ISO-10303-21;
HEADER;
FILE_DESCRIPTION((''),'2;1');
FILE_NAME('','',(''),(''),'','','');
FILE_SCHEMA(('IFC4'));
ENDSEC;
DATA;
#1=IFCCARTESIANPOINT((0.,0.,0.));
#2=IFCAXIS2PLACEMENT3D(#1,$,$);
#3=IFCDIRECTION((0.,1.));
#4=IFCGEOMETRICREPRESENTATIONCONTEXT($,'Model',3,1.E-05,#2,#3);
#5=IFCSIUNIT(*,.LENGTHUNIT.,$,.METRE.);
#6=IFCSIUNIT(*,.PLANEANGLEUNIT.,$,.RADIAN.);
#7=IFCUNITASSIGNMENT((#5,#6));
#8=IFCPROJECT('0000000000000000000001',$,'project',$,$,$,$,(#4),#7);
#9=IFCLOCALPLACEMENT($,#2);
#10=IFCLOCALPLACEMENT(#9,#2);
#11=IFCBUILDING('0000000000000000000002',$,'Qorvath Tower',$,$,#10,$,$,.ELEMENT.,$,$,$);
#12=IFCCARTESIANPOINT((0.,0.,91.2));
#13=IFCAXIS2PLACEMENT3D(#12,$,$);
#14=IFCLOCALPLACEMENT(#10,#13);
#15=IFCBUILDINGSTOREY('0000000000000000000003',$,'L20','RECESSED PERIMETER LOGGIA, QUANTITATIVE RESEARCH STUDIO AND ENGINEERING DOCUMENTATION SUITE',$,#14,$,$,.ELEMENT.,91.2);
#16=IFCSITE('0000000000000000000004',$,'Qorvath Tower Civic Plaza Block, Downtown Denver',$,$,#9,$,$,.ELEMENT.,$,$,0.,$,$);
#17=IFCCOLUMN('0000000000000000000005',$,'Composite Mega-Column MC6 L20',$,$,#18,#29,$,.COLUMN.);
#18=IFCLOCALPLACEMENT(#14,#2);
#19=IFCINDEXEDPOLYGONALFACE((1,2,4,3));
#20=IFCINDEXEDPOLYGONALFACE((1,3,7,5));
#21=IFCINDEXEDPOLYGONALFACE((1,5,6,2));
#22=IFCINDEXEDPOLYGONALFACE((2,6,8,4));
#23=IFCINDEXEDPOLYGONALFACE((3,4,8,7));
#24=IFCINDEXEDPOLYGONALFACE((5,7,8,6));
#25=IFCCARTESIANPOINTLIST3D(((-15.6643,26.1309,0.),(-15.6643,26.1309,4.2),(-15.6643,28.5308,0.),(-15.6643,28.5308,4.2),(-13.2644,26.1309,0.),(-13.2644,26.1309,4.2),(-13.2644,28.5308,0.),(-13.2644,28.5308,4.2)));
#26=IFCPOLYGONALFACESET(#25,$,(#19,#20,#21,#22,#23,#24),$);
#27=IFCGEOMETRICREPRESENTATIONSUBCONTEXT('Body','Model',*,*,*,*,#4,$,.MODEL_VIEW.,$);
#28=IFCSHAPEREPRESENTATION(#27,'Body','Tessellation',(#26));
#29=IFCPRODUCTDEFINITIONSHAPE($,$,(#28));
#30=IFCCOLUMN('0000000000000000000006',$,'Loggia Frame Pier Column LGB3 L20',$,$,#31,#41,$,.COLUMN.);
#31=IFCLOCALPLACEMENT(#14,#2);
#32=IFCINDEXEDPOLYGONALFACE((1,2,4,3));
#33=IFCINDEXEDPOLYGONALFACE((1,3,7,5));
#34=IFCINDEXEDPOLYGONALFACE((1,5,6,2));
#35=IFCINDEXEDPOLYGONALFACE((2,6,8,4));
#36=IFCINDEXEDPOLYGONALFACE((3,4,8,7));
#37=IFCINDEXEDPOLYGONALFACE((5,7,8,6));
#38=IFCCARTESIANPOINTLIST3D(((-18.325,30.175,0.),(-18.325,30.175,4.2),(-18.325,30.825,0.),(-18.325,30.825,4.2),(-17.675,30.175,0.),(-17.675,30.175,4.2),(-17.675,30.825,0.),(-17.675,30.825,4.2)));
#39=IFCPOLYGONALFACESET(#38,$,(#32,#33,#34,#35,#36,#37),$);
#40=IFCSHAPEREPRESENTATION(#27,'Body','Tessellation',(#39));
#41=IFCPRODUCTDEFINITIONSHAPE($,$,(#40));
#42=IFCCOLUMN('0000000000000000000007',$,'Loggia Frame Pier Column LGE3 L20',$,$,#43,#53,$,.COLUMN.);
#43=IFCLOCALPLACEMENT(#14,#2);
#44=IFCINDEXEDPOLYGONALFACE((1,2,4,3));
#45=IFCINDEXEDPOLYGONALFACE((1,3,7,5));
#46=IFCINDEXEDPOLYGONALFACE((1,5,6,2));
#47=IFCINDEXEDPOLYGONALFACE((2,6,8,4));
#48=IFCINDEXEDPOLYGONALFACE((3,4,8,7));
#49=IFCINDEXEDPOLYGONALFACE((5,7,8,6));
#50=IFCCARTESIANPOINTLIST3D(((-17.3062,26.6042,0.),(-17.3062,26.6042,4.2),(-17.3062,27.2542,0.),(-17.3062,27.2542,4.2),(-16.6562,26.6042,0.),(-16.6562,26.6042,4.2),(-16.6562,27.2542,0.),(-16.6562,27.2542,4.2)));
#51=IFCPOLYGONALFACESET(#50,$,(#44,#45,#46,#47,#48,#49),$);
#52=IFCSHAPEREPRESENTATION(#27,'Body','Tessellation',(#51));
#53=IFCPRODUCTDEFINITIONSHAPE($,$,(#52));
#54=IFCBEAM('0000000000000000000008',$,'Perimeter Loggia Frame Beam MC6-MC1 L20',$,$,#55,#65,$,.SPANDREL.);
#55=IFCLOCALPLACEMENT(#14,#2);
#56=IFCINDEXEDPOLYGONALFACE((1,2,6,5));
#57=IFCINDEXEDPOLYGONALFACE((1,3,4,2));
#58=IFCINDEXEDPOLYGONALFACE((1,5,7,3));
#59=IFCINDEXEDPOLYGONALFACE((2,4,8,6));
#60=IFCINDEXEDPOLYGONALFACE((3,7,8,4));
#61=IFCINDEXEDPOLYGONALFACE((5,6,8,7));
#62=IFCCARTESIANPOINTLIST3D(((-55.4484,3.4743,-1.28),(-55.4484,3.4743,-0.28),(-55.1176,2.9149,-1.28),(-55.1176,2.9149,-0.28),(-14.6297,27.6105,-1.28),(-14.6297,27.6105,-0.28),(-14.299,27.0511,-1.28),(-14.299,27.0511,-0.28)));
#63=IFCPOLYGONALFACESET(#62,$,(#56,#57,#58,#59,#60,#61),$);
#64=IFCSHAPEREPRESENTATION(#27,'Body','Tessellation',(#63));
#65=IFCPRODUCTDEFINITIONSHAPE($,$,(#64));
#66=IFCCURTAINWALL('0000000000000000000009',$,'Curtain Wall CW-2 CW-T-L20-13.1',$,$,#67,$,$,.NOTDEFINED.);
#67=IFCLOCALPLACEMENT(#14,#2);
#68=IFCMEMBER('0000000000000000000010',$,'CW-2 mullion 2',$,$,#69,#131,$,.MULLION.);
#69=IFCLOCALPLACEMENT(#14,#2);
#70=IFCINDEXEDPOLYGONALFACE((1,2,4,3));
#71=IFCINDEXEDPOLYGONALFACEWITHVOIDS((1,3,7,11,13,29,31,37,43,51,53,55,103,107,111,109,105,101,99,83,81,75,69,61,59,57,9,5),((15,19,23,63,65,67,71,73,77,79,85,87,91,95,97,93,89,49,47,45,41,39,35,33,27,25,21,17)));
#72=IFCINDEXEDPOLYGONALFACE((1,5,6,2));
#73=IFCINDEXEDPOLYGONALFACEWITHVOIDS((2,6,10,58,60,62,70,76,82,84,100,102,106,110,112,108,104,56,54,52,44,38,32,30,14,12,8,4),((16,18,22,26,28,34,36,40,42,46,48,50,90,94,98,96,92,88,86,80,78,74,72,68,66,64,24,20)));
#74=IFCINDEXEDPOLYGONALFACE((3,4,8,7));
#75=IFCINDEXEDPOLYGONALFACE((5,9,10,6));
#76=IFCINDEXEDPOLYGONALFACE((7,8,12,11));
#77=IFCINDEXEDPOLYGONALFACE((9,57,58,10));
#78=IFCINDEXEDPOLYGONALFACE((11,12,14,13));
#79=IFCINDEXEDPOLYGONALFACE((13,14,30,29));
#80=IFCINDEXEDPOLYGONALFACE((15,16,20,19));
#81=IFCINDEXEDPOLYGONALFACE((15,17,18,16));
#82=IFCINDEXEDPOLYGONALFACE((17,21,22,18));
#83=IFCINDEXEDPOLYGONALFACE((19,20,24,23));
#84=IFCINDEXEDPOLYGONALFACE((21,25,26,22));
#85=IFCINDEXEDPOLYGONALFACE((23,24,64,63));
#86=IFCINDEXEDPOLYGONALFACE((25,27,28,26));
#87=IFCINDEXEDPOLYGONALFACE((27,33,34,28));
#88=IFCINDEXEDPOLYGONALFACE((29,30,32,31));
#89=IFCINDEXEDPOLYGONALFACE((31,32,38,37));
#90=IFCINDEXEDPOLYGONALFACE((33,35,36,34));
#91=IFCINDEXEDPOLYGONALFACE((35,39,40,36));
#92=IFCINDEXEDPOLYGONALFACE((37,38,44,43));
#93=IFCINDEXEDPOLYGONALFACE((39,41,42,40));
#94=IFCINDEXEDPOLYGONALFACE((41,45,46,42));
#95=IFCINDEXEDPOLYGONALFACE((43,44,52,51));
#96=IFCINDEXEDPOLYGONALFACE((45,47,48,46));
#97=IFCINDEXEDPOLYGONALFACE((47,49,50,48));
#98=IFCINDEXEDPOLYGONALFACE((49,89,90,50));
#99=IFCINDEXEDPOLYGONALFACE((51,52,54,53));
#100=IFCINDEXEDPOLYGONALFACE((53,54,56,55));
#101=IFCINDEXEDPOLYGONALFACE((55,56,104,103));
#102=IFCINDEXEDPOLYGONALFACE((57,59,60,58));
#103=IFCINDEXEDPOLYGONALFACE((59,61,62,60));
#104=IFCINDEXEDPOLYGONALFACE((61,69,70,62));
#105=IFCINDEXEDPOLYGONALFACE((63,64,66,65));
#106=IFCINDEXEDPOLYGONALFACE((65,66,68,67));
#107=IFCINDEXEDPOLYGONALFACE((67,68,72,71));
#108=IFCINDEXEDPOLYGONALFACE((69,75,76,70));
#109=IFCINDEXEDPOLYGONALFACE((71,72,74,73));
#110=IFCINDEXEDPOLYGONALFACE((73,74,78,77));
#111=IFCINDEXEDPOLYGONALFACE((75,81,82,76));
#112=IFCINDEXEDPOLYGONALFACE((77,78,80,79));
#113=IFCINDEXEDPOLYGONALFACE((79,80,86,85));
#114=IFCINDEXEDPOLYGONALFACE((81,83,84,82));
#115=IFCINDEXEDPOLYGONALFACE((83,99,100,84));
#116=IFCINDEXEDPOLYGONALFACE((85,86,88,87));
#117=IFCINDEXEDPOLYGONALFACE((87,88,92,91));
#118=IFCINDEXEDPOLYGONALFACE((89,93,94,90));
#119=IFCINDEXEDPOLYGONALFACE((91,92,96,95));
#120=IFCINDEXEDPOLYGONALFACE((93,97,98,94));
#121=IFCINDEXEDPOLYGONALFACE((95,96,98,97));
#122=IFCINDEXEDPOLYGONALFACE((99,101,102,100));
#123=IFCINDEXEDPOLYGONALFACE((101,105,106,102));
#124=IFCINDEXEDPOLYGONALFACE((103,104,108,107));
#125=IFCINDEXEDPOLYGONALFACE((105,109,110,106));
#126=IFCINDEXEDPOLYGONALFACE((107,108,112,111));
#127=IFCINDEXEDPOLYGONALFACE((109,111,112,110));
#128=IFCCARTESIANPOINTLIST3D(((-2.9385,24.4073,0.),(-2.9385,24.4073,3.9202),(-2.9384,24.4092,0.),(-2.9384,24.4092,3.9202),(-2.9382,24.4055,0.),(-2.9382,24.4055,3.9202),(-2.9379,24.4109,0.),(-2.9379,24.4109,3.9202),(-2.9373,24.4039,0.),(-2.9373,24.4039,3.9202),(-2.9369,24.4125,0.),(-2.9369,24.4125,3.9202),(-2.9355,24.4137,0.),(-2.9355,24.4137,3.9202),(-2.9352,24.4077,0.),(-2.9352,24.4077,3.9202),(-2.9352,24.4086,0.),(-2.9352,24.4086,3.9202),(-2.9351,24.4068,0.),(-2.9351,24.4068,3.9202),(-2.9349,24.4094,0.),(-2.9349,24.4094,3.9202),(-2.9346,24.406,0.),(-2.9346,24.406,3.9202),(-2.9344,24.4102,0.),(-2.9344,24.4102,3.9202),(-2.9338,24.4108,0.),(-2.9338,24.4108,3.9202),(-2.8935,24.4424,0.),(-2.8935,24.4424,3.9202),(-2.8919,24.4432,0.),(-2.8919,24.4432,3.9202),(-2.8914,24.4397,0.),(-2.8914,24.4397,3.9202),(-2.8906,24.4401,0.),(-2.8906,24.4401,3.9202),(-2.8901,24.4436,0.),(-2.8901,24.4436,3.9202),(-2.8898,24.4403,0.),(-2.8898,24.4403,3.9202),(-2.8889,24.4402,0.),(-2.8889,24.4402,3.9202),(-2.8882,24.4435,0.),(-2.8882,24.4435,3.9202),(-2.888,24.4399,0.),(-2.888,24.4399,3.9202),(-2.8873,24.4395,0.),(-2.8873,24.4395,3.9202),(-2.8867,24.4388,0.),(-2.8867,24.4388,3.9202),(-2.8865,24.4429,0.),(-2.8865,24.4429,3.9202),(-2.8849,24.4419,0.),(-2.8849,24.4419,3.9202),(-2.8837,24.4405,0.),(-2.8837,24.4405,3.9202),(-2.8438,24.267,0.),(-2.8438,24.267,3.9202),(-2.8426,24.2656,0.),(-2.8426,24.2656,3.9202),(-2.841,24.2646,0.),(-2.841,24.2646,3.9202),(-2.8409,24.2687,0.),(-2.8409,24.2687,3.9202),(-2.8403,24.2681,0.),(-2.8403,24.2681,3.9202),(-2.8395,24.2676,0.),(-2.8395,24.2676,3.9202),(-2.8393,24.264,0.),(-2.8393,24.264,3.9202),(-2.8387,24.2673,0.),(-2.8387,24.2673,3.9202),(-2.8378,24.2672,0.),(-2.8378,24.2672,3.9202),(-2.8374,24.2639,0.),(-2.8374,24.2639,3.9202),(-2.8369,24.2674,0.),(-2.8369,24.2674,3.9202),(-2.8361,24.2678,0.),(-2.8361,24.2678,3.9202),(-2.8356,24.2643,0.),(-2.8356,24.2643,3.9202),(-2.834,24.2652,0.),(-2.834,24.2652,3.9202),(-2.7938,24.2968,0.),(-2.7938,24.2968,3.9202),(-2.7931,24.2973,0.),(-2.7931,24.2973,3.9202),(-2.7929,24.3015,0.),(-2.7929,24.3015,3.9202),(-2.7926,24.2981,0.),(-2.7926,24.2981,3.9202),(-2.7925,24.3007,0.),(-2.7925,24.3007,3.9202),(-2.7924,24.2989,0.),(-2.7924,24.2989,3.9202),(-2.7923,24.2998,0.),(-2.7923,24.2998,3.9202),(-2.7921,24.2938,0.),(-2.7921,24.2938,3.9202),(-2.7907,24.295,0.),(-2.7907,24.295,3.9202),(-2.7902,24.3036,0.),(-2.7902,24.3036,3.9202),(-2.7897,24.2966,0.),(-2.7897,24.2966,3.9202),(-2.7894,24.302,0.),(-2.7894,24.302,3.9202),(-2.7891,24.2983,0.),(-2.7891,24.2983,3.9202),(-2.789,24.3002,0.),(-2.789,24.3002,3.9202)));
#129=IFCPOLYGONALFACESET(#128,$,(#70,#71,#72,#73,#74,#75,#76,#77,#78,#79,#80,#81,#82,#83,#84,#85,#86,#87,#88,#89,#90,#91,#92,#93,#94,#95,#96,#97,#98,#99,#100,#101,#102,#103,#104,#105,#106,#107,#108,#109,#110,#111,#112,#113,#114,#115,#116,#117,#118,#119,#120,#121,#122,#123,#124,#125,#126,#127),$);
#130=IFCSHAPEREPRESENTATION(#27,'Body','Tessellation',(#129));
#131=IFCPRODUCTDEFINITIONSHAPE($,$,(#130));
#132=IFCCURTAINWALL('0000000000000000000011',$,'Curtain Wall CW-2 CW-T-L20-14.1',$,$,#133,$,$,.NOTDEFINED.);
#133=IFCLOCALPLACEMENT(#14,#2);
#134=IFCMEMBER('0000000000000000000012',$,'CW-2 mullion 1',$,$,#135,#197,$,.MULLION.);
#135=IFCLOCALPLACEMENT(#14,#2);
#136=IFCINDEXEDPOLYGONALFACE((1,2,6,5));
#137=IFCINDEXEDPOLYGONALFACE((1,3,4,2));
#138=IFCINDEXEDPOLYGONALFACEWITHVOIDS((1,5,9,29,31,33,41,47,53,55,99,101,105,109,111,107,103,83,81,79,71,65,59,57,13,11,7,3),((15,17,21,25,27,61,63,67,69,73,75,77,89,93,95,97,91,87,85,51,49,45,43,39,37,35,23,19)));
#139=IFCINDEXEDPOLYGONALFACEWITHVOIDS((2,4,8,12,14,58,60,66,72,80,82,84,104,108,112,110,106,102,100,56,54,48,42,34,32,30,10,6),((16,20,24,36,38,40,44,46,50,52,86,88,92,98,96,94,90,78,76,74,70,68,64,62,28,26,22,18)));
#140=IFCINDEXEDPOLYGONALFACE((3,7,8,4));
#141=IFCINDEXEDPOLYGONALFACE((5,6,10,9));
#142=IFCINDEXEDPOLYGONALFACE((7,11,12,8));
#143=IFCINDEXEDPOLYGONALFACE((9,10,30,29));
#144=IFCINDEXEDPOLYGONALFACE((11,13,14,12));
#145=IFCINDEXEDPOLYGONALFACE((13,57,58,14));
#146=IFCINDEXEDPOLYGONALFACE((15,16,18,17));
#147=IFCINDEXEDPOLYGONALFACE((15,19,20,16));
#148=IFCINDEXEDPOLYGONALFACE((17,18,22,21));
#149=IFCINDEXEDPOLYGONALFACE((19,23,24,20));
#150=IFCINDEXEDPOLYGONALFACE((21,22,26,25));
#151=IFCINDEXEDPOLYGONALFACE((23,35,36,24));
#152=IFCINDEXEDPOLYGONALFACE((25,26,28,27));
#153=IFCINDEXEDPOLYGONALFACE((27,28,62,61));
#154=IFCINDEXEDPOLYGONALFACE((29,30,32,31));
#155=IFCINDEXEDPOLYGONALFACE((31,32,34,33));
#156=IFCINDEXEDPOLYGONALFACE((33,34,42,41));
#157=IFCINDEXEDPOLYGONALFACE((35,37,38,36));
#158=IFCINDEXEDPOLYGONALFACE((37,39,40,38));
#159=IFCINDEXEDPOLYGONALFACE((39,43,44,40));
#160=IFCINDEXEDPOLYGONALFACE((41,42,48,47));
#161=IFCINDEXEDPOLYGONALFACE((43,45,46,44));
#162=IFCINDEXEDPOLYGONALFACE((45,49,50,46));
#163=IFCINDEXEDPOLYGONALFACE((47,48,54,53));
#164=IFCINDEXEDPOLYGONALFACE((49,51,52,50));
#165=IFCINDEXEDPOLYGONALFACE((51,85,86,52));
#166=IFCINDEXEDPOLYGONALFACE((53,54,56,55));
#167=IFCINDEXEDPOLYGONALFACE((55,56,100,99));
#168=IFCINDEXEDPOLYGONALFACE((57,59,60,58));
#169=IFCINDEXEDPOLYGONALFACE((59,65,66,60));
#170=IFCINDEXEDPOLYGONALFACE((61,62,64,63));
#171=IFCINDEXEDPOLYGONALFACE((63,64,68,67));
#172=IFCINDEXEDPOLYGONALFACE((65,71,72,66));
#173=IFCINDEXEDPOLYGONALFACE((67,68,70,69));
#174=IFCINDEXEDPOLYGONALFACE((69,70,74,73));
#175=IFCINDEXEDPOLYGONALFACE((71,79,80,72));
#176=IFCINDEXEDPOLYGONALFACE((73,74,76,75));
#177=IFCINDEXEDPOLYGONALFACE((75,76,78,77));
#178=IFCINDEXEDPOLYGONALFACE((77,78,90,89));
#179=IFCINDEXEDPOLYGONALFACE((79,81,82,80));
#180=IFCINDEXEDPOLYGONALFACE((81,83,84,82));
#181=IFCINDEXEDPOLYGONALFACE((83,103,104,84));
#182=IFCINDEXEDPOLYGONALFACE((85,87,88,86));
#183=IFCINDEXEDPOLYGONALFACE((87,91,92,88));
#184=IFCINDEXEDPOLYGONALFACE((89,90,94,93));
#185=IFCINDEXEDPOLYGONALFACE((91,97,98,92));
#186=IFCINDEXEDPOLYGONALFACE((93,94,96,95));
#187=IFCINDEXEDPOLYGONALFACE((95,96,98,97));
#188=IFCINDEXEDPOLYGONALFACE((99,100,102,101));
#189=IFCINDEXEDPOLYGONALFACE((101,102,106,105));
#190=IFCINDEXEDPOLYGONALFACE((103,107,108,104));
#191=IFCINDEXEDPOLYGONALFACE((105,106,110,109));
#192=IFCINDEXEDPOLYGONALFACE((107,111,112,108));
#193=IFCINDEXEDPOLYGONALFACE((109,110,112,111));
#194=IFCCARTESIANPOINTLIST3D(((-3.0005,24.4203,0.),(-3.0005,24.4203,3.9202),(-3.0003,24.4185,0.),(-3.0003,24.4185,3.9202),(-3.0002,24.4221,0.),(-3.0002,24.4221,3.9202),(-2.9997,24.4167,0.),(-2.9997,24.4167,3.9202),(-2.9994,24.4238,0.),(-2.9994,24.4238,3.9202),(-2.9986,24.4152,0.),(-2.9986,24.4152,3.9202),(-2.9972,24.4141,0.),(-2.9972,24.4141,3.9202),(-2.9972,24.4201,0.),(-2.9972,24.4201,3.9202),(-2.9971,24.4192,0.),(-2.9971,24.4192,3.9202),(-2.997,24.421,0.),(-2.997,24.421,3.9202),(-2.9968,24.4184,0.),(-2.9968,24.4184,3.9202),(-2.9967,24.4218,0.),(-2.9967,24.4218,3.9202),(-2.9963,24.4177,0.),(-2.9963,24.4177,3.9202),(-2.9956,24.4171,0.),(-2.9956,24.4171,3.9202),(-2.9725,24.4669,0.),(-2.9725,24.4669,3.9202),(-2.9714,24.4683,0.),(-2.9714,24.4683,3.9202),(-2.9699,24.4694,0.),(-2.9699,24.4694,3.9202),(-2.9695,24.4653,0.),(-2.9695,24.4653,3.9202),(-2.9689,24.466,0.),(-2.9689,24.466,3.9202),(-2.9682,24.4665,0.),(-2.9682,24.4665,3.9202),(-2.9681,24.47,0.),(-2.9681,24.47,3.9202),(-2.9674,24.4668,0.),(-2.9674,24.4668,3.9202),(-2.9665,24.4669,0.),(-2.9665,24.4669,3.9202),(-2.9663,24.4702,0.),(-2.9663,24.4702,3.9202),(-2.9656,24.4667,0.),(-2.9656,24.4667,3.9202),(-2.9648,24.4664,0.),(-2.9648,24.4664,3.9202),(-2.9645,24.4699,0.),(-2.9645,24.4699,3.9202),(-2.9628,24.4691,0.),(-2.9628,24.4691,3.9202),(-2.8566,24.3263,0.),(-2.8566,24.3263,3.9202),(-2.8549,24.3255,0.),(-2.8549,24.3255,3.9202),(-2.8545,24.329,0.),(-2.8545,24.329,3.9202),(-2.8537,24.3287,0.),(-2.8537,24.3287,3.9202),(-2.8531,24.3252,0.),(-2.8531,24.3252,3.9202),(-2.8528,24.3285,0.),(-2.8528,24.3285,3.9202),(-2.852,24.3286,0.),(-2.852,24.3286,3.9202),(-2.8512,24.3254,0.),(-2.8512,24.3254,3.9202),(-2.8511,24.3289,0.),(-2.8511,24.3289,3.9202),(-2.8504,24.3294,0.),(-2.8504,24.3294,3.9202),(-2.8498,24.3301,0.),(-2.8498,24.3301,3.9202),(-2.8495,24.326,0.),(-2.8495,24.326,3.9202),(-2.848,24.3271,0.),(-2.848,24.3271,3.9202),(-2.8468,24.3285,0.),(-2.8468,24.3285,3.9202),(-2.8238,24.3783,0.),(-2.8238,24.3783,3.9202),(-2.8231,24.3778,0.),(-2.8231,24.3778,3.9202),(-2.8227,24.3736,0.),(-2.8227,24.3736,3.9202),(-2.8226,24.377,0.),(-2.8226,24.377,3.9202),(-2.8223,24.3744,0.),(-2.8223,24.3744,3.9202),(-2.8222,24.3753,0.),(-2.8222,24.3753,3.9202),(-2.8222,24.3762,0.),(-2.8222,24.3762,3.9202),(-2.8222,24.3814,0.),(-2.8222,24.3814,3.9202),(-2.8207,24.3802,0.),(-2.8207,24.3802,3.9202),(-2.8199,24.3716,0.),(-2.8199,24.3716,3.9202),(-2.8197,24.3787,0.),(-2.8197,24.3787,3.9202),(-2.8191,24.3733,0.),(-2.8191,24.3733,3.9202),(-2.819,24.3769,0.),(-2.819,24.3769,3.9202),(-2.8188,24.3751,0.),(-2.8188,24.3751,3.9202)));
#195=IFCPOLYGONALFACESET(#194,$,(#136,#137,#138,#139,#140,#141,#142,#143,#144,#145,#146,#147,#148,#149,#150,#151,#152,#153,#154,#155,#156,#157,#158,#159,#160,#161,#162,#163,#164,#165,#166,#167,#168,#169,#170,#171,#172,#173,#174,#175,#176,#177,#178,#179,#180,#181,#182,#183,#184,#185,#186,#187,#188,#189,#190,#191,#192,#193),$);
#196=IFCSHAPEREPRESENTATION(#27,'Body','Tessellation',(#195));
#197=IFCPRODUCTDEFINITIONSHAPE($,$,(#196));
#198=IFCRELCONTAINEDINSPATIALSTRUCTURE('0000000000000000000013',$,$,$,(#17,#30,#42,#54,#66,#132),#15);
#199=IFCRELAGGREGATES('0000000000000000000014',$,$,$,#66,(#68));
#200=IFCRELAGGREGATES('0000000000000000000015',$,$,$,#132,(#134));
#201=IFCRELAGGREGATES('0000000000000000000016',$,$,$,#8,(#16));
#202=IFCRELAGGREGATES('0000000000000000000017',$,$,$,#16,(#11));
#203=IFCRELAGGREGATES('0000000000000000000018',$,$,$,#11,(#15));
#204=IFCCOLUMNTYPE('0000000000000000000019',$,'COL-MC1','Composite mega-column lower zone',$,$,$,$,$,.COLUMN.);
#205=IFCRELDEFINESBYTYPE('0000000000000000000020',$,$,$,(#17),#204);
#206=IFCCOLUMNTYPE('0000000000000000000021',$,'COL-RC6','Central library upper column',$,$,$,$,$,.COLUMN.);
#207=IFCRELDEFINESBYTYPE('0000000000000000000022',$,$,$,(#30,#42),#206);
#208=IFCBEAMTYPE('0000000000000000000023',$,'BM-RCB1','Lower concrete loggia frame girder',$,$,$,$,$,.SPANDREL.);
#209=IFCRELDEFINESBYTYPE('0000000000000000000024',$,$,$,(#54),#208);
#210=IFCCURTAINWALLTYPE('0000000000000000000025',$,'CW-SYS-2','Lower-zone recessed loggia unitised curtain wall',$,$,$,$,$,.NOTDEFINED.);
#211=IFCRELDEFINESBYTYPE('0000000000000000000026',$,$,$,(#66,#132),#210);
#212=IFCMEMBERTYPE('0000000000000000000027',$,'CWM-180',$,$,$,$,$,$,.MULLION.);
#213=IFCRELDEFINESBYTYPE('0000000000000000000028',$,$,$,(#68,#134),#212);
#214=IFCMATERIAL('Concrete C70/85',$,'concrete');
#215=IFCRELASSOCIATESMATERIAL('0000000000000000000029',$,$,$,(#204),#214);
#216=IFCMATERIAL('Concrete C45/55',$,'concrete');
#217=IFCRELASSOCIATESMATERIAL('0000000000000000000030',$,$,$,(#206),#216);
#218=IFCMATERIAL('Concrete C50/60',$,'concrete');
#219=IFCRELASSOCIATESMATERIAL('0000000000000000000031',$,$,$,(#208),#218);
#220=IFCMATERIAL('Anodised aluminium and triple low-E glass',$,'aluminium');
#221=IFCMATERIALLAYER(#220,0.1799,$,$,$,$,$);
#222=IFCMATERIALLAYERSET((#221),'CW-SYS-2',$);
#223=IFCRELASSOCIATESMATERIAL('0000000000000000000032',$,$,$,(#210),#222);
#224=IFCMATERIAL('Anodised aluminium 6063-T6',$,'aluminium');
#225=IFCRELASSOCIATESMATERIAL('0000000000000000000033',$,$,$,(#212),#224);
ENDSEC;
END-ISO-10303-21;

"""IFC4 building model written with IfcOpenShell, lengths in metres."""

from ifc_helpers import new_model, si_unit, direction, frame, origin, origin_2d, place, context, subcontext, project, spatial, rectangle, hollow_rectangle, extrude, material, layer, layer_set, material_profile, profile_set, type_object, element, aggregate, save


model = new_model("IFC4")

# Units and contexts
model_context = context("Model", 3, precision=1e-05, world=origin(), true_north=direction((0.0, 1.0)))
body_context = subcontext(model_context, "Body", "Model", "MODEL_VIEW")
ifc_project = project(units=[si_unit("LENGTHUNIT", "METRE"), si_unit("PLANEANGLEUNIT", "RADIAN")], contexts=[model_context])

# Site, building, storey
site_placement = place(None, origin())
site = spatial("IfcSite", under=ifc_project, at=site_placement, Name="Qorvath Tower Civic Plaza Block, Downtown Denver", CompositionType="ELEMENT", RefElevation=0.0)
building_placement = place(site_placement, origin())
building = spatial("IfcBuilding", under=site, at=building_placement, Name="Qorvath Tower", CompositionType="ELEMENT")
storey_placement = place(building_placement, frame((0.0, 0.0, 91.2)))
storey = spatial("IfcBuildingStorey", under=building, at=storey_placement, Name="L20", Description="RECESSED PERIMETER LOGGIA, QUANTITATIVE RESEARCH STUDIO AND ENGINEERING DOCUMENTATION SUITE", CompositionType="ELEMENT", Elevation=91.2)

# Columns
ifc_material_1 = material(Name="Concrete C70/85", Category="concrete")
ifc_material_profile_1 = material_profile(ifc_material_1, rectangle(XDim=2.3999, YDim=2.3999, at=origin_2d()), Name="MC 2400x2400")
ifc_profile_set_1 = profile_set([ifc_material_profile_1], Name="Concrete C70/85")
column_type_1 = type_object("IfcColumnType", Name="COL-MC1", Description="Composite mega-column lower zone", PredefinedType="COLUMN", material=ifc_profile_set_1)
column_placement = place(storey_placement, frame((-14.4644, 27.3308, 0.0), z_axis=(0.0, 0.0, 1.0), x_axis=(1.0, 0.0, 0.0)))
element("IfcColumn", 1, at=column_placement, inside=storey, type_object=column_type_1, Name="Composite Mega-Column MC6 L20", PredefinedType="COLUMN", context=body_context, shape_type="SweptSolid", body=[
    extrude(rectangle(XDim=2.3999, YDim=2.3999, at=origin_2d()), origin(), (0.0, 0.0, 1.0), 4.2),
])
ifc_material_2 = material(Name="Concrete C45/55", Category="concrete")
ifc_material_profile_2 = material_profile(ifc_material_2, rectangle(XDim=0.6499, YDim=0.6499, at=origin_2d()), Name="RC 650x650")
ifc_profile_set_2 = profile_set([ifc_material_profile_2], Name="Concrete C45/55")
column_type_2 = type_object("IfcColumnType", Name="COL-RC6", Description="Central library upper column", PredefinedType="COLUMN", material=ifc_profile_set_2)
for number, where, z_axis, x_axis, name in (
    (2, (-18.0, 30.5, 0.0), (0.0, 0.0, 1.0), (1.0, 0.0, 0.0), "Loggia Frame Pier Column LGB3 L20"),
    (3, (-16.9812, 26.9292, 0.0), (0.0, 0.0, 1.0), (1.0, 0.0, 0.0), "Loggia Frame Pier Column LGE3 L20"),
):
    element("IfcColumn", number, at=place(storey_placement, frame(where, z_axis=z_axis, x_axis=x_axis)), inside=storey, type_object=column_type_2, Name=name, PredefinedType="COLUMN", context=body_context, shape_type="SweptSolid", body=[
        extrude(rectangle(XDim=0.6499, YDim=0.6499, at=origin_2d()), origin(), (0.0, 0.0, 1.0), 4.2),
    ])

# Beam
ifc_material_3 = material(Name="Concrete C50/60", Category="concrete")
ifc_material_profile_3 = material_profile(ifc_material_3, rectangle(XDim=0.6499, YDim=1.0, at=origin_2d()), Name="RCB 1000x650")
ifc_profile_set_3 = profile_set([ifc_material_profile_3], Name="Concrete C50/60")
beam_type = type_object("IfcBeamType", Name="BM-RCB1", Description="Lower concrete loggia frame girder", PredefinedType="SPANDREL", material=ifc_profile_set_3)
beam_placement = place(storey_placement, frame((-14.4644, 27.3308, -0.78), z_axis=(-0.860777, -0.508982, 0.0), x_axis=(0.508982, -0.860777, 0.0)))
element("IfcBeam", 4, at=beam_placement, inside=storey, type_object=beam_type, Name="Perimeter Loggia Frame Beam MC6-MC1 L20", PredefinedType="SPANDREL", context=body_context, shape_type="SweptSolid", body=[
    extrude(rectangle(XDim=0.6499, YDim=1.0, at=origin_2d()), origin(), (0.0, 0.0, 1.0), 47.4207),
])

# Curtain wall, member
ifc_material_4 = material(Name="Anodised aluminium and triple low-E glass", Category="aluminium")
ifc_layer_1 = layer(ifc_material_4, 0.1799)
ifc_layer_set_1 = layer_set([ifc_layer_1], Name="CW-SYS-2")
curtain_wall_type = type_object("IfcCurtainWallType", Name="CW-SYS-2", Description="Lower-zone recessed loggia unitised curtain wall", PredefinedType="NOTDEFINED", material=ifc_layer_set_1)
curtain_wall_1_placement = place(storey_placement, origin())
curtain_wall_1 = element("IfcCurtainWall", 5, at=curtain_wall_1_placement, inside=storey, type_object=curtain_wall_type, Name="Curtain Wall CW-2 CW-T-L20-13.1", PredefinedType="NOTDEFINED")
ifc_material_5 = material(Name="Anodised aluminium 6063-T6", Category="aluminium")
ifc_material_profile_4 = material_profile(ifc_material_5, hollow_rectangle(XDim=0.0649, YDim=0.1799, WallThickness=0.0034, InnerFilletRadius=0.0034, OuterFilletRadius=0.0071, at=origin_2d()), Name="CWM 180x65")
ifc_profile_set_4 = profile_set([ifc_material_profile_4], Name="Anodised aluminium 6063-T6")
member_type_1 = type_object("IfcMemberType", Name="CWM-180", PredefinedType="MULLION", material=ifc_profile_set_4)
member_1_placement = place(storey_placement, frame((-2.8638, 24.3538, 0.0), z_axis=(0.0, 0.0, 1.0), x_axis=(-0.825733, -0.564062, 0.0)))
member_1 = element("IfcMember", 6, at=member_1_placement, type_object=member_type_1, Name="CW-2 mullion 2", PredefinedType="MULLION", context=body_context, shape_type="SweptSolid", body=[
    extrude(hollow_rectangle(XDim=0.0649, YDim=0.1799, WallThickness=0.0034, InnerFilletRadius=0.0034, OuterFilletRadius=0.0071, at=origin_2d()), origin(), (0.0, 0.0, 1.0), 3.9202),
])
aggregate(curtain_wall_1, [member_1])

# Curtain wall, member
curtain_wall_2_placement = place(storey_placement, origin())
curtain_wall_2 = element("IfcCurtainWall", 7, at=curtain_wall_2_placement, inside=storey, type_object=curtain_wall_type, Name="Curtain Wall CW-2 CW-T-L20-14.1", PredefinedType="NOTDEFINED")
member_2_placement = place(storey_placement, frame((-2.9097, 24.3977, 0.0), z_axis=(0.0, 0.0, 1.0), x_axis=(-0.529596, -0.84825, 0.0)))
member_2 = element("IfcMember", 8, at=member_2_placement, type_object=member_type_1, Name="CW-2 mullion 1", PredefinedType="MULLION", context=body_context, shape_type="SweptSolid", body=[
    extrude(hollow_rectangle(XDim=0.0649, YDim=0.1799, WallThickness=0.0034, InnerFilletRadius=0.0034, OuterFilletRadius=0.0071, at=origin_2d()), origin(), (0.0, 0.0, 1.0), 3.9202),
])

aggregate(curtain_wall_2, [member_2])

save(model, "model.ifc")
